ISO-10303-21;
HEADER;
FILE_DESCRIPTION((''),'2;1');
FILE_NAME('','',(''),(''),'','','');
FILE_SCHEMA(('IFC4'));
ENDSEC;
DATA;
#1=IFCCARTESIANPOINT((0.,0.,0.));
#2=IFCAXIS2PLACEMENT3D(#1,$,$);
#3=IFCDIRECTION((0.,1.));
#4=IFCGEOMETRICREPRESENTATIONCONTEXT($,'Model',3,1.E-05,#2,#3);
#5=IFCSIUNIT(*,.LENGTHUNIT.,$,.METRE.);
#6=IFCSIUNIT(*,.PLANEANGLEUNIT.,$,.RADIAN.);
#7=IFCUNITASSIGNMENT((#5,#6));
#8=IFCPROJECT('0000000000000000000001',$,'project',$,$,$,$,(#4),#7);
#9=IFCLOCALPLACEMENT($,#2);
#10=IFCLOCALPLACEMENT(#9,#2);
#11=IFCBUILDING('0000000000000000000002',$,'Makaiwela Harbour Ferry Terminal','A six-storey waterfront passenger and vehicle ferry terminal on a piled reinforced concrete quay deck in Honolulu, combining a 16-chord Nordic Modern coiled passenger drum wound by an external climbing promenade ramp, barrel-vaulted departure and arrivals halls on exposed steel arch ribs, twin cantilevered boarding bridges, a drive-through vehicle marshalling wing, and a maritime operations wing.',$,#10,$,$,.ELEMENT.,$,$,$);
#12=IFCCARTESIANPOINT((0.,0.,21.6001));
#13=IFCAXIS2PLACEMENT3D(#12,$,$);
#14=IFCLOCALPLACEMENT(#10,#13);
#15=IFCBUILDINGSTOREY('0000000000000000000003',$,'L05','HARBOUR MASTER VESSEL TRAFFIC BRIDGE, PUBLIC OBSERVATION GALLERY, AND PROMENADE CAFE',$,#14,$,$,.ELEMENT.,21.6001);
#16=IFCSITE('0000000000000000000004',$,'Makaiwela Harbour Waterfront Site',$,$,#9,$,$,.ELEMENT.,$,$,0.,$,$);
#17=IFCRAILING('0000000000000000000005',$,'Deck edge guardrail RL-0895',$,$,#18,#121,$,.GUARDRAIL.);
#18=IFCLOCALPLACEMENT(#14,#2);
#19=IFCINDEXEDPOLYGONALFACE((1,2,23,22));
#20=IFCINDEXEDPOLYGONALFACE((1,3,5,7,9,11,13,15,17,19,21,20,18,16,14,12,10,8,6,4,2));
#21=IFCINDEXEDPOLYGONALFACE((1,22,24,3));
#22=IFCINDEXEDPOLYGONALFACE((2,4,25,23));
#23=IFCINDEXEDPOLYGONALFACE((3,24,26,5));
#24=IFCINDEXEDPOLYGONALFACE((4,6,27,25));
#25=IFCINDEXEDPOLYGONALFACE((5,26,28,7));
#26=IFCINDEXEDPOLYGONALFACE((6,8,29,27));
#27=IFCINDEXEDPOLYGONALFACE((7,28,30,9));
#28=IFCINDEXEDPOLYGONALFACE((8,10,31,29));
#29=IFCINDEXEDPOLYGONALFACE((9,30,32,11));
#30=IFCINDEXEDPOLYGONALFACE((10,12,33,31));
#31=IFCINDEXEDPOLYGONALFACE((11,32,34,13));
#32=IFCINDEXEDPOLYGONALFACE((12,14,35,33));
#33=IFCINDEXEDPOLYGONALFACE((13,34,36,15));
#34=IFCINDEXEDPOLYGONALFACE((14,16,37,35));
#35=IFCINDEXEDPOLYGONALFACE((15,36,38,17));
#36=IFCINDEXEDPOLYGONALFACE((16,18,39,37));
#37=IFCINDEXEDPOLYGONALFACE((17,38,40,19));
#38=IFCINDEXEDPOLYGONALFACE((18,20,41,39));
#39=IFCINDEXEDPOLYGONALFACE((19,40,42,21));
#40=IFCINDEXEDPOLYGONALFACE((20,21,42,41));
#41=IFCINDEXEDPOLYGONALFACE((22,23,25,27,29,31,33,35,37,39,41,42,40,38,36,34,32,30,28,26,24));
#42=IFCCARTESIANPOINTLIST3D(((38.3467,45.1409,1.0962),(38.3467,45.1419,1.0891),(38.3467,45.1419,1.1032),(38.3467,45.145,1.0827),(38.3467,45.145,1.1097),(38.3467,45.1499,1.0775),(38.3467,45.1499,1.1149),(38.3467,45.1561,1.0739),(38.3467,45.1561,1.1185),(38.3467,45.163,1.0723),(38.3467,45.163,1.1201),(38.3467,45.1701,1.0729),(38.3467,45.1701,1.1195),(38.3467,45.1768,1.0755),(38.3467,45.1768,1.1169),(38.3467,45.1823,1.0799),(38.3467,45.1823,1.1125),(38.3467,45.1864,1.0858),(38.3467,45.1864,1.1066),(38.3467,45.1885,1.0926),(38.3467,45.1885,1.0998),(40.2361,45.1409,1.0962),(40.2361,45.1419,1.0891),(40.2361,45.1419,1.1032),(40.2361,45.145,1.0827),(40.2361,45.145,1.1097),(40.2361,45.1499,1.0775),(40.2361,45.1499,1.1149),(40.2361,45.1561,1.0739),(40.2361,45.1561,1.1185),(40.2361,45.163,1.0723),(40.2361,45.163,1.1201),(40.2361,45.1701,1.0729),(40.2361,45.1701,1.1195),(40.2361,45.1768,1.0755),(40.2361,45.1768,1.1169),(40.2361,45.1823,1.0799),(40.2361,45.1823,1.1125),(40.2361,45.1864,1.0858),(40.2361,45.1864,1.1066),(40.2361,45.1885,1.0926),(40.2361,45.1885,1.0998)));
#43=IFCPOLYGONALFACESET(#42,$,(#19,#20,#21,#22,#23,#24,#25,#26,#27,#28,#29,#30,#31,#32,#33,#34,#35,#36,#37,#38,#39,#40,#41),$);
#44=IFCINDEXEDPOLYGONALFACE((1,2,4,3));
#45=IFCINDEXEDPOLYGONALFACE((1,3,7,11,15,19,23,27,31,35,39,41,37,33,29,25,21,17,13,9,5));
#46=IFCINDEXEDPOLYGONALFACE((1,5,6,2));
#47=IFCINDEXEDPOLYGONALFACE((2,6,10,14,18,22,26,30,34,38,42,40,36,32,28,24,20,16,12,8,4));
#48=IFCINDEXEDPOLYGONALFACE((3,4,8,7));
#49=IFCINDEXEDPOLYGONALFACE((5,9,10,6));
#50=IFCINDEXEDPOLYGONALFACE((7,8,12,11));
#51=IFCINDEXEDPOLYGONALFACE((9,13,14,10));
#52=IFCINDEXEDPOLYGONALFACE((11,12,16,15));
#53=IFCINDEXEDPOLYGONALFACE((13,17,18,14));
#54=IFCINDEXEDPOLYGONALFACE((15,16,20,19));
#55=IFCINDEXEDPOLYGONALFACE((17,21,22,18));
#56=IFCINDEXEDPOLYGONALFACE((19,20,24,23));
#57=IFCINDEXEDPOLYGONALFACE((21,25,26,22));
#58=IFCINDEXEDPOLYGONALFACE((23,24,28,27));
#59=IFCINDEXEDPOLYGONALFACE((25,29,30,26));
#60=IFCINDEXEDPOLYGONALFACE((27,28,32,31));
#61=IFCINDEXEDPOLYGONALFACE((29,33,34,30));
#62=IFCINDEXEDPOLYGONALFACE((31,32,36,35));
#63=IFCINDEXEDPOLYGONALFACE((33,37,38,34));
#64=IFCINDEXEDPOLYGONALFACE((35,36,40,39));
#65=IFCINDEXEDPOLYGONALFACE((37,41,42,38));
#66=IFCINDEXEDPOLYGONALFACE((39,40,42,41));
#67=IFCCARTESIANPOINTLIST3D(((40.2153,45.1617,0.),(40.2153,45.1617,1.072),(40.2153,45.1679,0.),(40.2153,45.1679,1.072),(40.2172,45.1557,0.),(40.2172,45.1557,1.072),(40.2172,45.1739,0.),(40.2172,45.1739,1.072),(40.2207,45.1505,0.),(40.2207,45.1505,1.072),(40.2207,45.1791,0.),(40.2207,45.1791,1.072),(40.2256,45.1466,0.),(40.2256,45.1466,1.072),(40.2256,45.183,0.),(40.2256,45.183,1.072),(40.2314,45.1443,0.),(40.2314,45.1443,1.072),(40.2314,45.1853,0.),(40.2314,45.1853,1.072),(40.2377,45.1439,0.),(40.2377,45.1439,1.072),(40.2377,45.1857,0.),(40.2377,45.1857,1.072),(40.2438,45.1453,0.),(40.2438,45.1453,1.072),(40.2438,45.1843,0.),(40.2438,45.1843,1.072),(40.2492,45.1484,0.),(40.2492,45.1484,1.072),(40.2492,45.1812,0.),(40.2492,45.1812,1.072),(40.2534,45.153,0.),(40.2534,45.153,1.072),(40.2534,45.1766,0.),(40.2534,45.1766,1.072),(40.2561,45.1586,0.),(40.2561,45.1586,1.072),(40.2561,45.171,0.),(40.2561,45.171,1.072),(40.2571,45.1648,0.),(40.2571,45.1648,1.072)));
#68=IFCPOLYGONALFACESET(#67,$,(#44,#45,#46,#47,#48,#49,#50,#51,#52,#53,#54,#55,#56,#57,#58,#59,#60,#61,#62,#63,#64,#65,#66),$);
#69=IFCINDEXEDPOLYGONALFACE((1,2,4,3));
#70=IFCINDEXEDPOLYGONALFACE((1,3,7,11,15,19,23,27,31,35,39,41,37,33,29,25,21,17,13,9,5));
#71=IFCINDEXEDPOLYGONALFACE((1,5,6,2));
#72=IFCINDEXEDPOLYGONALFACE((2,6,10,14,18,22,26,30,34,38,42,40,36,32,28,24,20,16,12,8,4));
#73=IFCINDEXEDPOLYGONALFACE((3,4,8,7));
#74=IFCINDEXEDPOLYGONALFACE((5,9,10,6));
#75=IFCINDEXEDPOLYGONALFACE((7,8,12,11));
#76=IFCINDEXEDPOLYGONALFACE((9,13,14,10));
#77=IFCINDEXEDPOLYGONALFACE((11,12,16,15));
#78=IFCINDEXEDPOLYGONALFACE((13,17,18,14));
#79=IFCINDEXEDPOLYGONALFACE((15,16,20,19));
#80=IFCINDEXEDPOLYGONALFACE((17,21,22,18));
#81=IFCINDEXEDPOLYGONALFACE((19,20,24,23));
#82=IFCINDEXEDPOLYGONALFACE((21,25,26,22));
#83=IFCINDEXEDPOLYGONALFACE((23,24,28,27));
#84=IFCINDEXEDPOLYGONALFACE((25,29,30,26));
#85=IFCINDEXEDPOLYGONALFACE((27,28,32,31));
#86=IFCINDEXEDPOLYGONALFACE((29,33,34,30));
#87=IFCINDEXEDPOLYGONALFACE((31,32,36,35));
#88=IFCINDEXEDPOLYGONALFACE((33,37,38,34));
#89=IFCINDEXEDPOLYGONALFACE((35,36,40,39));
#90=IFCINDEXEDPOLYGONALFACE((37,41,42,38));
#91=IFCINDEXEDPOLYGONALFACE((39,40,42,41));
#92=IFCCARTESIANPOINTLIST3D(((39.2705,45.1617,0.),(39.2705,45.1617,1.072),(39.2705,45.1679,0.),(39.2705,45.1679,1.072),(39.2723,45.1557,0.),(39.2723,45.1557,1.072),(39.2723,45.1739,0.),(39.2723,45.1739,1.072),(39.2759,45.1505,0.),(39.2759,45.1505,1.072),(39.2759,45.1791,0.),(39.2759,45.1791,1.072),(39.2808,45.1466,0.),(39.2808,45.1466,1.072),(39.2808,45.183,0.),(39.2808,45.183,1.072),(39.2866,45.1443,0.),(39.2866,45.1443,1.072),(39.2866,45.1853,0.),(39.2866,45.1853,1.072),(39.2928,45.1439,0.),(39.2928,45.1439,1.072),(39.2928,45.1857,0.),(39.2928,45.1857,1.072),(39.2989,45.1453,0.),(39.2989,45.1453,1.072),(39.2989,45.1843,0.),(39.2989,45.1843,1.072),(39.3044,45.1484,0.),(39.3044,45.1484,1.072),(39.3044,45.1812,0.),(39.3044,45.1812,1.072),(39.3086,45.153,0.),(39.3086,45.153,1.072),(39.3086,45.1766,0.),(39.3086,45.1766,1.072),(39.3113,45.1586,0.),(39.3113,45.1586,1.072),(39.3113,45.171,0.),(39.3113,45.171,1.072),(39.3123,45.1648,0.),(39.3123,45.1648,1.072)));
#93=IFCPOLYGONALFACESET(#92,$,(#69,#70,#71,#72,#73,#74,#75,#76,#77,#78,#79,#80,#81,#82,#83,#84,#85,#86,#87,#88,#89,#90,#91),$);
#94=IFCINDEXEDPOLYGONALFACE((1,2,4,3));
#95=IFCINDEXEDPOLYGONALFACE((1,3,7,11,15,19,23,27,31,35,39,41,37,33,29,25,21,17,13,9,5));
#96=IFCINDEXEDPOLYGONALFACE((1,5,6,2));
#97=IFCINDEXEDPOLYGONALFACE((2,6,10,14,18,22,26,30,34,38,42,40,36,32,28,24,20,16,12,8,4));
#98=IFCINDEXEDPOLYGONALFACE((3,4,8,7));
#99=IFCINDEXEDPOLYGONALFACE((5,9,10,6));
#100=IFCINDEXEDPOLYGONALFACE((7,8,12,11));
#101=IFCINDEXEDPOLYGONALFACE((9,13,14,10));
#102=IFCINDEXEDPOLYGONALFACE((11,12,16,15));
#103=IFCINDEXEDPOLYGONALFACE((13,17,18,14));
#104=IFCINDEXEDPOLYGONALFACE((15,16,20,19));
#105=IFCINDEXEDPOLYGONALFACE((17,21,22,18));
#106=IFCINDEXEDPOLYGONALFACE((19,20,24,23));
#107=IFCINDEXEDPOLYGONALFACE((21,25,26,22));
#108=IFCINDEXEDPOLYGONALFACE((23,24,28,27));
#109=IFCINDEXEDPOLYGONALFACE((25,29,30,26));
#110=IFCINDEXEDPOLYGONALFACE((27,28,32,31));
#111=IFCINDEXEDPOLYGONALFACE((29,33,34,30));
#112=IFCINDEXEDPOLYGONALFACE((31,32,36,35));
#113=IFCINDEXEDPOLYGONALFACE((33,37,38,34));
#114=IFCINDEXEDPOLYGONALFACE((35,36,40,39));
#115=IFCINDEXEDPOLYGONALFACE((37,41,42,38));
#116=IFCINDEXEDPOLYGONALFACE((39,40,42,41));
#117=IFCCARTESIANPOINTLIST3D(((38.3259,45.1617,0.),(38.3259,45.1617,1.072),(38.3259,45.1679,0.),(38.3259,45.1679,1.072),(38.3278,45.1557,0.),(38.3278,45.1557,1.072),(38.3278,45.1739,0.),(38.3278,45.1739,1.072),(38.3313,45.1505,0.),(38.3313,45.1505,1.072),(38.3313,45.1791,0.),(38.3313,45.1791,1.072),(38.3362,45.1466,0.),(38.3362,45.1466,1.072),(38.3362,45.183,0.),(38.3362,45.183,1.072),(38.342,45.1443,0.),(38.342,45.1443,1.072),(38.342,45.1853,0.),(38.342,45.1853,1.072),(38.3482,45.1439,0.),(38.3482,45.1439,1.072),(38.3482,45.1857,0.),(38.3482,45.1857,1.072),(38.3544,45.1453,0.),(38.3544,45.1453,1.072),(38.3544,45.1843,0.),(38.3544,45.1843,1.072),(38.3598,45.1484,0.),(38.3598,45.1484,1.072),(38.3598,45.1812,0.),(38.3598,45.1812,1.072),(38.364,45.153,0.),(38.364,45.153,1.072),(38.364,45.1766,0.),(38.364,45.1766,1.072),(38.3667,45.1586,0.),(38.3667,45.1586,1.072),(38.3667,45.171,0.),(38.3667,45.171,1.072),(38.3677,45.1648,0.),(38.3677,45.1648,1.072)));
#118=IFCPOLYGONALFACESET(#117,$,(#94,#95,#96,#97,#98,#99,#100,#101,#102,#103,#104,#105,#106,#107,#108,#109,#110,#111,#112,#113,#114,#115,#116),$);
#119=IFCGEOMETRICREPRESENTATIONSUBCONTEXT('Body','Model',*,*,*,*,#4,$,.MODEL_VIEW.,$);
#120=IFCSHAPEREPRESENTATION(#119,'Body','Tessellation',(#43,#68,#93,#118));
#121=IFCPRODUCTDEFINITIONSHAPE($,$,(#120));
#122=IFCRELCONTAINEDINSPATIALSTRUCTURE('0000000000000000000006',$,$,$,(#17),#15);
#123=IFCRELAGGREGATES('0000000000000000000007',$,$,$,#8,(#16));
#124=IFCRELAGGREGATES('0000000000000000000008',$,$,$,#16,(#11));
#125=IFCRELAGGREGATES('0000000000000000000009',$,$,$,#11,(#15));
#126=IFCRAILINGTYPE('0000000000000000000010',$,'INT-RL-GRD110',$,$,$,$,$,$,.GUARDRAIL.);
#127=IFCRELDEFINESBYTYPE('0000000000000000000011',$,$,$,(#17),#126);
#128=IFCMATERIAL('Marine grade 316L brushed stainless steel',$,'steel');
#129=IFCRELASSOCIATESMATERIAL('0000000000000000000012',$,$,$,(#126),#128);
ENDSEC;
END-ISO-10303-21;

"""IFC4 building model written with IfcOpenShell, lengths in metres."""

from ifc_helpers import new_model, si_unit, direction, frame, origin, origin_2d, place, context, subcontext, project, spatial, circle, extrude, material, type_object, element, save


model = new_model("IFC4")

# Units and contexts
model_context = context("Model", 3, precision=1e-05, world=origin(), true_north=direction((0.0, 1.0)))
body_context = subcontext(model_context, "Body", "Model", "MODEL_VIEW")
ifc_project = project(units=[si_unit("LENGTHUNIT", "METRE"), si_unit("PLANEANGLEUNIT", "RADIAN")], contexts=[model_context])

# Site, building, storey
site_placement = place(None, origin())
site = spatial("IfcSite", under=ifc_project, at=site_placement, Name="Makaiwela Harbour Waterfront Site", CompositionType="ELEMENT", RefElevation=0.0)
building_placement = place(site_placement, origin())
building = spatial("IfcBuilding", under=site, at=building_placement, Name="Makaiwela Harbour Ferry Terminal", Description="A six-storey waterfront passenger and vehicle ferry terminal on a piled reinforced concrete quay deck in Honolulu, combining a 16-chord Nordic Modern coiled passenger drum wound by an external climbing promenade ramp, barrel-vaulted departure and arrivals halls on exposed steel arch ribs, twin cantilevered boarding bridges, a drive-through vehicle marshalling wing, and a maritime operations wing.", CompositionType="ELEMENT")
storey_placement = place(building_placement, frame((0.0, 0.0, 21.6001)))
storey = spatial("IfcBuildingStorey", under=building, at=storey_placement, Name="L05", Description="HARBOUR MASTER VESSEL TRAFFIC BRIDGE, PUBLIC OBSERVATION GALLERY, AND PROMENADE CAFE", CompositionType="ELEMENT", Elevation=21.6001)

# Railing
ifc_material_1 = material(Name="Marine grade 316L brushed stainless steel", Category="steel")
railing_type = type_object("IfcRailingType", Name="INT-RL-GRD110", PredefinedType="GUARDRAIL", material=ifc_material_1)
railing_placement = place(storey_placement, frame((40.2361, 45.1648, 0.0)))
element("IfcRailing", 1, at=railing_placement, inside=storey, type_object=railing_type, Name="Deck edge guardrail RL-0895", PredefinedType="GUARDRAIL", context=body_context, shape_type="SweptSolid", body=[
    extrude(circle(Radius=0.0239, at=origin_2d()), frame((0.0, 0.0, 1.0962), z_axis=(-1.0, 0.0, 0.0), x_axis=(0.0, -1.0, 0.0)), (0.0, 0.0, 1.0), 1.8894),
    extrude(circle(Radius=0.021, at=origin_2d()), origin(), (0.0, 0.0, 1.0), 1.072),
    extrude(circle(Radius=0.021, at=origin_2d()), frame((-0.9448, 0.0, 0.0)), (0.0, 0.0, 1.0), 1.072),
    extrude(circle(Radius=0.021, at=origin_2d()), frame((-1.8894, 0.0, 0.0)), (0.0, 0.0, 1.0), 1.072),
])

save(model, "model.ifc")
